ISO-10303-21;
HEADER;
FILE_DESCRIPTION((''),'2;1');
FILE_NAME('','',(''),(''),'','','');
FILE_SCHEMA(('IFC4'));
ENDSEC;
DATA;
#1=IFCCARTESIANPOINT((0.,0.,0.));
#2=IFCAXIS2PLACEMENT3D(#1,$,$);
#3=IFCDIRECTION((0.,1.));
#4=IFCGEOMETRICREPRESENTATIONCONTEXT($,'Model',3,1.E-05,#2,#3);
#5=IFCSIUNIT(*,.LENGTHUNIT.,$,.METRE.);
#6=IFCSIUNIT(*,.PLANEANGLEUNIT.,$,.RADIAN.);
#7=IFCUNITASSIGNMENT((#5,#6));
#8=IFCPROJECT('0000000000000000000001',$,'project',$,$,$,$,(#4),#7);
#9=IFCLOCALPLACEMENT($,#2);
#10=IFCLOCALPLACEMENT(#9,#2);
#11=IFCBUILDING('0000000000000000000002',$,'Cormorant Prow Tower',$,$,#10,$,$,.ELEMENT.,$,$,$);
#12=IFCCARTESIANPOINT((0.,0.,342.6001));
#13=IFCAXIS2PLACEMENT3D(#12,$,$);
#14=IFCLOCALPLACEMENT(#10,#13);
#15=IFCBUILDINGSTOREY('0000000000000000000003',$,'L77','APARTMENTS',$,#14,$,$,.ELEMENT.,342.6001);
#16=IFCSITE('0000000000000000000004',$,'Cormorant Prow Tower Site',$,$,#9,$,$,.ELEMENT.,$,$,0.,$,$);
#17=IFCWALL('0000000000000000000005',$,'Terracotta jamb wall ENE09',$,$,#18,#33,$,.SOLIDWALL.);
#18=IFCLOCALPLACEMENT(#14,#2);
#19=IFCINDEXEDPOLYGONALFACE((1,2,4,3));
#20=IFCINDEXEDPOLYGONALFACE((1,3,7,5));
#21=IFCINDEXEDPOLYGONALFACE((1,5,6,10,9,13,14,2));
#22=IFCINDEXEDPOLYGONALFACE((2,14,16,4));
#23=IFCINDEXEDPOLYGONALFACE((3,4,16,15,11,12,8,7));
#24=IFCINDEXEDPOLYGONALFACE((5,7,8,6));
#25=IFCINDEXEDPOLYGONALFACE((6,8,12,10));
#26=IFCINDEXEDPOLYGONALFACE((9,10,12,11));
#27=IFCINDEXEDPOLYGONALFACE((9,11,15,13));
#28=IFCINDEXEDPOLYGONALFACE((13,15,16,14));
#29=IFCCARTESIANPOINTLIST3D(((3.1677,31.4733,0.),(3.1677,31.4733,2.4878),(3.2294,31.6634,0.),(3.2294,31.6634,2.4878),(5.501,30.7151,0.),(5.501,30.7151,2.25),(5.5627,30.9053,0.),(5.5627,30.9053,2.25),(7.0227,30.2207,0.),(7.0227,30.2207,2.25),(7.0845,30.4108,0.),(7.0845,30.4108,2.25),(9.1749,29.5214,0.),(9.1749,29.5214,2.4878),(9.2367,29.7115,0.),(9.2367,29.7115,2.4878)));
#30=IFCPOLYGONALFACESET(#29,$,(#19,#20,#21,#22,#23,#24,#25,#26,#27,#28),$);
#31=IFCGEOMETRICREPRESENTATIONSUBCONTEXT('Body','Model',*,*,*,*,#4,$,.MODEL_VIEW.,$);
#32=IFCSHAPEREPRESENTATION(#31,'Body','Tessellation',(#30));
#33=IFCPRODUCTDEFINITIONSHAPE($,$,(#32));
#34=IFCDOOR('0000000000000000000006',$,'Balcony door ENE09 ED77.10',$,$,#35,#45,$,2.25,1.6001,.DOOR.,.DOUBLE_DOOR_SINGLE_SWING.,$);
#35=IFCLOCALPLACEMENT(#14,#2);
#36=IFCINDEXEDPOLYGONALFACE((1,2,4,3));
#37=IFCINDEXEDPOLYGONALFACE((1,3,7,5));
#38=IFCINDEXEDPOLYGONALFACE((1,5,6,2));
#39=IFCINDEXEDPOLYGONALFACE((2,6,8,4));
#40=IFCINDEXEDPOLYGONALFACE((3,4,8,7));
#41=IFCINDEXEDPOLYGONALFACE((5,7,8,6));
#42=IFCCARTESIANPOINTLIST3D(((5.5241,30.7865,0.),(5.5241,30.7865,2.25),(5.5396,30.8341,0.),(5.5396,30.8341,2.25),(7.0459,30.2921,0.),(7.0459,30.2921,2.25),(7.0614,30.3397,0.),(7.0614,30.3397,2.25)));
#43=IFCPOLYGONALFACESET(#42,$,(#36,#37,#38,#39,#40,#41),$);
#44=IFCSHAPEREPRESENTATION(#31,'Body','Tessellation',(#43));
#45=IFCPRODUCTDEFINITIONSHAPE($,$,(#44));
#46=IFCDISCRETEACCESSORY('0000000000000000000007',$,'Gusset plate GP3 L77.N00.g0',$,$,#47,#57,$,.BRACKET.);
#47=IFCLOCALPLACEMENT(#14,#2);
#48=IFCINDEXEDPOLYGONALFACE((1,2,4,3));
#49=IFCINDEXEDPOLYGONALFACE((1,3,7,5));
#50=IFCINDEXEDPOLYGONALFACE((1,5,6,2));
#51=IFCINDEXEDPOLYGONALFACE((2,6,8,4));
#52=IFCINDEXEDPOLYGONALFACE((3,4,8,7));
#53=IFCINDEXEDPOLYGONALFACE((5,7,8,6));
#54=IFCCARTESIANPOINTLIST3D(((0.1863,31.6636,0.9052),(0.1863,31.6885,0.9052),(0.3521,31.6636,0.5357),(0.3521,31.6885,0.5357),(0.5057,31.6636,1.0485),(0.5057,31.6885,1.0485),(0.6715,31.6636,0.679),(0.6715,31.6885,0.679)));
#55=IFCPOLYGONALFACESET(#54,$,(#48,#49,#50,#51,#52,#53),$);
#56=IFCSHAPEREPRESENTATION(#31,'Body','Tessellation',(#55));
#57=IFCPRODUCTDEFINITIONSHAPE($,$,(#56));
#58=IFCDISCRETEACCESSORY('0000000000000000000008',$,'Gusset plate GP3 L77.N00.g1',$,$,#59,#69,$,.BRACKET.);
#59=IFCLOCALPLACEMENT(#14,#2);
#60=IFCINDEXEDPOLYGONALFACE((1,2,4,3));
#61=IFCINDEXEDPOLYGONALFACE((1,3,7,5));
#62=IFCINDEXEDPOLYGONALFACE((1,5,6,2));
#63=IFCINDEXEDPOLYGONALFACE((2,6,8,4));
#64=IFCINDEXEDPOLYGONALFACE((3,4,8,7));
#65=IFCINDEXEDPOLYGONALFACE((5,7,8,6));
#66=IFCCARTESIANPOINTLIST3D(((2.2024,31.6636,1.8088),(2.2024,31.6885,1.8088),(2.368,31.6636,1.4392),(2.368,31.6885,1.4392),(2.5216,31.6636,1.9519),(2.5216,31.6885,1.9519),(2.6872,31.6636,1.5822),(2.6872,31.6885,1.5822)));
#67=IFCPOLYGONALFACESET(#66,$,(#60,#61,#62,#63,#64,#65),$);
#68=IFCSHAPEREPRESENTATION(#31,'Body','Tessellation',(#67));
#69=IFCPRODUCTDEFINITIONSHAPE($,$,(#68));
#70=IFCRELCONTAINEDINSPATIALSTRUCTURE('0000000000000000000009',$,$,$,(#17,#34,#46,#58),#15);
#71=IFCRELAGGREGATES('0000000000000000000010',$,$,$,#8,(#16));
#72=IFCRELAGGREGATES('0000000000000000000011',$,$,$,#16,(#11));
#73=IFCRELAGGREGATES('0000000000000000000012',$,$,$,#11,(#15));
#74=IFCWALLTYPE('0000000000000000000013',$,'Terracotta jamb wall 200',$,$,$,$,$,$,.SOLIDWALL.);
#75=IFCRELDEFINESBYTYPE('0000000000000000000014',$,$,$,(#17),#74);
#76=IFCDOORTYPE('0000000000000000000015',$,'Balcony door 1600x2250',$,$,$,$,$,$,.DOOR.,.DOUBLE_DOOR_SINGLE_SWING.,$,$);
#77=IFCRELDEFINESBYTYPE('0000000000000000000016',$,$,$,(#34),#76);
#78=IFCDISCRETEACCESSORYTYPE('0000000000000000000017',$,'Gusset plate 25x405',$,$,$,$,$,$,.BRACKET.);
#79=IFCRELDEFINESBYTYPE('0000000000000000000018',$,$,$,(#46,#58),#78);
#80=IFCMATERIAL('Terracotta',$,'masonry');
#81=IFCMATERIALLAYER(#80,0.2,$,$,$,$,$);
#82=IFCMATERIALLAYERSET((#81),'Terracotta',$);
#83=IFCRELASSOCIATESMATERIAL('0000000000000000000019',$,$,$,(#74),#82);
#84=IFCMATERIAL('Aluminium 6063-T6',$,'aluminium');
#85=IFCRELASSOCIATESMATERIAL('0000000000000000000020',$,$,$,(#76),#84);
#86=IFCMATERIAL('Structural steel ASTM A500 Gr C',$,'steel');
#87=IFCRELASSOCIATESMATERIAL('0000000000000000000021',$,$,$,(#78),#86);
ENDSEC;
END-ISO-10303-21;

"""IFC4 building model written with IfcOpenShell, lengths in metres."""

from ifc_helpers import new_model, si_unit, direction, frame, frame_2d, origin, origin_2d, place, context, subcontext, project, spatial, rectangle, extrude, material, layer, layer_set, material_profile, profile_set, type_object, element, fill, save


model = new_model("IFC4")

# Units and contexts
model_context = context("Model", 3, precision=1e-05, world=origin(), true_north=direction((0.0, 1.0)))
body_context = subcontext(model_context, "Body", "Model", "MODEL_VIEW")
ifc_project = project(units=[si_unit("LENGTHUNIT", "METRE"), si_unit("PLANEANGLEUNIT", "RADIAN")], contexts=[model_context])

# Site, building, storey
site_placement = place(None, origin())
site = spatial("IfcSite", under=ifc_project, at=site_placement, Name="Cormorant Prow Tower Site", CompositionType="ELEMENT", RefElevation=0.0)
building_placement = place(site_placement, origin())
building = spatial("IfcBuilding", under=site, at=building_placement, Name="Cormorant Prow Tower", CompositionType="ELEMENT")
storey_placement = place(building_placement, frame((0.0, 0.0, 342.6001)))
storey = spatial("IfcBuildingStorey", under=building, at=storey_placement, Name="L77", Description="APARTMENTS", CompositionType="ELEMENT", Elevation=342.6001)

# Wall, opening, door
ifc_material_1 = material(Name="Terracotta", Category="masonry")
ifc_layer_1 = layer(ifc_material_1, 0.2)
ifc_layer_set_1 = layer_set([ifc_layer_1], Name="Terracotta")
wall_type_1 = type_object("IfcWallType", Name="Terracotta jamb wall 200", PredefinedType="SOLIDWALL", material=ifc_layer_set_1)
ifc_material_2 = material(Name="Aluminium 6063-T6", Category="aluminium")
door_type_1 = type_object("IfcDoorType", Name="Balcony door 1600x2250", OperationType="DOUBLE_DOOR_SINGLE_SWING", PredefinedType="DOOR", material=ifc_material_2)
wall_1_placement = place(storey_placement, frame((9.2058, 29.6165, 0.0), z_axis=(0.0, 0.0, 1.0), x_axis=(-0.951056, 0.309018, 0.0)))
wall_1 = element("IfcWall", 1, at=wall_1_placement, inside=storey, type_object=wall_type_1, Name="Terracotta jamb wall ENE09", PredefinedType="SOLIDWALL", context=body_context, shape_type="SweptSolid", body=[
    extrude(rectangle(XDim=6.3164, YDim=0.2, at=frame_2d((3.1582, 0.0))), origin(), (0.0, 0.0, 1.0), 2.4878),
])
opening_1_placement = place(wall_1_placement, frame((2.2629, 0.0, 0.0)))
opening_1 = element("IfcOpeningElement", 2, at=opening_1_placement, cuts=wall_1, PredefinedType="OPENING", context=body_context, shape_type="SweptSolid", body=[
    extrude(rectangle(XDim=1.6001, YDim=2.25, at=frame_2d((0.8, 1.125))), frame((0.0, 0.1099, 0.0), z_axis=(0.0, -1.0, 0.0), x_axis=(1.0, 0.0, 0.0)), (0.0, 0.0, 1.0), 0.22),
])
door_1_placement = place(opening_1_placement, origin())
door_1 = element("IfcDoor", 3, at=door_1_placement, inside=storey, type_object=door_type_1, Name="Balcony door ENE09 ED77.10", OperationType="DOUBLE_DOOR_SINGLE_SWING", OverallHeight=2.25, OverallWidth=1.6001, PredefinedType="DOOR", context=body_context, shape_type="SweptSolid", body=[
    extrude(rectangle(XDim=1.6001, YDim=2.25, at=frame_2d((0.8, 1.125))), frame((0.0, 0.0249, 0.0), z_axis=(0.0, -1.0, 0.0), x_axis=(1.0, 0.0, 0.0)), (0.0, 0.0, 1.0), 0.05),
])
fill(opening_1, door_1)

# Discrete accessories
ifc_material_3 = material(Name="Structural steel ASTM A500 Gr C", Category="steel")
ifc_material_profile_1 = material_profile(ifc_material_3, rectangle(XDim=0.0249, YDim=0.405, at=origin_2d()), Name="Gusset plate 25x405")
ifc_profile_set_1 = profile_set([ifc_material_profile_1], Name="Structural steel ASTM A500 Gr C")
discrete_accessory_type = type_object("IfcDiscreteAccessoryType", Name="Gusset plate 25x405", PredefinedType="BRACKET", material=ifc_profile_set_1)
discrete_accessory_1_placement = place(storey_placement, frame((0.5886, 31.676, 0.8638), z_axis=(-0.912339, 0.0, -0.409436), x_axis=(0.0, -1.0, 0.0)))
element("IfcDiscreteAccessory", 4, at=discrete_accessory_1_placement, inside=storey, type_object=discrete_accessory_type, Name="Gusset plate GP3 L77.N00.g0", PredefinedType="BRACKET", context=body_context, shape_type="SweptSolid", body=[
    extrude(rectangle(XDim=0.0249, YDim=0.405, at=origin_2d()), origin(), (0.0, 0.0, 1.0), 0.3501),
])
discrete_accessory_2_placement = place(storey_placement, frame((2.2852, 31.676, 1.624), z_axis=(0.912599, 0.0, 0.408856), x_axis=(0.0, 1.0, 0.0)))
element("IfcDiscreteAccessory", 5, at=discrete_accessory_2_placement, inside=storey, type_object=discrete_accessory_type, Name="Gusset plate GP3 L77.N00.g1", PredefinedType="BRACKET", context=body_context, shape_type="SweptSolid", body=[
    extrude(rectangle(XDim=0.0249, YDim=0.405, at=origin_2d()), origin(), (0.0, 0.0, 1.0), 0.3499),
])

save(model, "model.ifc")
